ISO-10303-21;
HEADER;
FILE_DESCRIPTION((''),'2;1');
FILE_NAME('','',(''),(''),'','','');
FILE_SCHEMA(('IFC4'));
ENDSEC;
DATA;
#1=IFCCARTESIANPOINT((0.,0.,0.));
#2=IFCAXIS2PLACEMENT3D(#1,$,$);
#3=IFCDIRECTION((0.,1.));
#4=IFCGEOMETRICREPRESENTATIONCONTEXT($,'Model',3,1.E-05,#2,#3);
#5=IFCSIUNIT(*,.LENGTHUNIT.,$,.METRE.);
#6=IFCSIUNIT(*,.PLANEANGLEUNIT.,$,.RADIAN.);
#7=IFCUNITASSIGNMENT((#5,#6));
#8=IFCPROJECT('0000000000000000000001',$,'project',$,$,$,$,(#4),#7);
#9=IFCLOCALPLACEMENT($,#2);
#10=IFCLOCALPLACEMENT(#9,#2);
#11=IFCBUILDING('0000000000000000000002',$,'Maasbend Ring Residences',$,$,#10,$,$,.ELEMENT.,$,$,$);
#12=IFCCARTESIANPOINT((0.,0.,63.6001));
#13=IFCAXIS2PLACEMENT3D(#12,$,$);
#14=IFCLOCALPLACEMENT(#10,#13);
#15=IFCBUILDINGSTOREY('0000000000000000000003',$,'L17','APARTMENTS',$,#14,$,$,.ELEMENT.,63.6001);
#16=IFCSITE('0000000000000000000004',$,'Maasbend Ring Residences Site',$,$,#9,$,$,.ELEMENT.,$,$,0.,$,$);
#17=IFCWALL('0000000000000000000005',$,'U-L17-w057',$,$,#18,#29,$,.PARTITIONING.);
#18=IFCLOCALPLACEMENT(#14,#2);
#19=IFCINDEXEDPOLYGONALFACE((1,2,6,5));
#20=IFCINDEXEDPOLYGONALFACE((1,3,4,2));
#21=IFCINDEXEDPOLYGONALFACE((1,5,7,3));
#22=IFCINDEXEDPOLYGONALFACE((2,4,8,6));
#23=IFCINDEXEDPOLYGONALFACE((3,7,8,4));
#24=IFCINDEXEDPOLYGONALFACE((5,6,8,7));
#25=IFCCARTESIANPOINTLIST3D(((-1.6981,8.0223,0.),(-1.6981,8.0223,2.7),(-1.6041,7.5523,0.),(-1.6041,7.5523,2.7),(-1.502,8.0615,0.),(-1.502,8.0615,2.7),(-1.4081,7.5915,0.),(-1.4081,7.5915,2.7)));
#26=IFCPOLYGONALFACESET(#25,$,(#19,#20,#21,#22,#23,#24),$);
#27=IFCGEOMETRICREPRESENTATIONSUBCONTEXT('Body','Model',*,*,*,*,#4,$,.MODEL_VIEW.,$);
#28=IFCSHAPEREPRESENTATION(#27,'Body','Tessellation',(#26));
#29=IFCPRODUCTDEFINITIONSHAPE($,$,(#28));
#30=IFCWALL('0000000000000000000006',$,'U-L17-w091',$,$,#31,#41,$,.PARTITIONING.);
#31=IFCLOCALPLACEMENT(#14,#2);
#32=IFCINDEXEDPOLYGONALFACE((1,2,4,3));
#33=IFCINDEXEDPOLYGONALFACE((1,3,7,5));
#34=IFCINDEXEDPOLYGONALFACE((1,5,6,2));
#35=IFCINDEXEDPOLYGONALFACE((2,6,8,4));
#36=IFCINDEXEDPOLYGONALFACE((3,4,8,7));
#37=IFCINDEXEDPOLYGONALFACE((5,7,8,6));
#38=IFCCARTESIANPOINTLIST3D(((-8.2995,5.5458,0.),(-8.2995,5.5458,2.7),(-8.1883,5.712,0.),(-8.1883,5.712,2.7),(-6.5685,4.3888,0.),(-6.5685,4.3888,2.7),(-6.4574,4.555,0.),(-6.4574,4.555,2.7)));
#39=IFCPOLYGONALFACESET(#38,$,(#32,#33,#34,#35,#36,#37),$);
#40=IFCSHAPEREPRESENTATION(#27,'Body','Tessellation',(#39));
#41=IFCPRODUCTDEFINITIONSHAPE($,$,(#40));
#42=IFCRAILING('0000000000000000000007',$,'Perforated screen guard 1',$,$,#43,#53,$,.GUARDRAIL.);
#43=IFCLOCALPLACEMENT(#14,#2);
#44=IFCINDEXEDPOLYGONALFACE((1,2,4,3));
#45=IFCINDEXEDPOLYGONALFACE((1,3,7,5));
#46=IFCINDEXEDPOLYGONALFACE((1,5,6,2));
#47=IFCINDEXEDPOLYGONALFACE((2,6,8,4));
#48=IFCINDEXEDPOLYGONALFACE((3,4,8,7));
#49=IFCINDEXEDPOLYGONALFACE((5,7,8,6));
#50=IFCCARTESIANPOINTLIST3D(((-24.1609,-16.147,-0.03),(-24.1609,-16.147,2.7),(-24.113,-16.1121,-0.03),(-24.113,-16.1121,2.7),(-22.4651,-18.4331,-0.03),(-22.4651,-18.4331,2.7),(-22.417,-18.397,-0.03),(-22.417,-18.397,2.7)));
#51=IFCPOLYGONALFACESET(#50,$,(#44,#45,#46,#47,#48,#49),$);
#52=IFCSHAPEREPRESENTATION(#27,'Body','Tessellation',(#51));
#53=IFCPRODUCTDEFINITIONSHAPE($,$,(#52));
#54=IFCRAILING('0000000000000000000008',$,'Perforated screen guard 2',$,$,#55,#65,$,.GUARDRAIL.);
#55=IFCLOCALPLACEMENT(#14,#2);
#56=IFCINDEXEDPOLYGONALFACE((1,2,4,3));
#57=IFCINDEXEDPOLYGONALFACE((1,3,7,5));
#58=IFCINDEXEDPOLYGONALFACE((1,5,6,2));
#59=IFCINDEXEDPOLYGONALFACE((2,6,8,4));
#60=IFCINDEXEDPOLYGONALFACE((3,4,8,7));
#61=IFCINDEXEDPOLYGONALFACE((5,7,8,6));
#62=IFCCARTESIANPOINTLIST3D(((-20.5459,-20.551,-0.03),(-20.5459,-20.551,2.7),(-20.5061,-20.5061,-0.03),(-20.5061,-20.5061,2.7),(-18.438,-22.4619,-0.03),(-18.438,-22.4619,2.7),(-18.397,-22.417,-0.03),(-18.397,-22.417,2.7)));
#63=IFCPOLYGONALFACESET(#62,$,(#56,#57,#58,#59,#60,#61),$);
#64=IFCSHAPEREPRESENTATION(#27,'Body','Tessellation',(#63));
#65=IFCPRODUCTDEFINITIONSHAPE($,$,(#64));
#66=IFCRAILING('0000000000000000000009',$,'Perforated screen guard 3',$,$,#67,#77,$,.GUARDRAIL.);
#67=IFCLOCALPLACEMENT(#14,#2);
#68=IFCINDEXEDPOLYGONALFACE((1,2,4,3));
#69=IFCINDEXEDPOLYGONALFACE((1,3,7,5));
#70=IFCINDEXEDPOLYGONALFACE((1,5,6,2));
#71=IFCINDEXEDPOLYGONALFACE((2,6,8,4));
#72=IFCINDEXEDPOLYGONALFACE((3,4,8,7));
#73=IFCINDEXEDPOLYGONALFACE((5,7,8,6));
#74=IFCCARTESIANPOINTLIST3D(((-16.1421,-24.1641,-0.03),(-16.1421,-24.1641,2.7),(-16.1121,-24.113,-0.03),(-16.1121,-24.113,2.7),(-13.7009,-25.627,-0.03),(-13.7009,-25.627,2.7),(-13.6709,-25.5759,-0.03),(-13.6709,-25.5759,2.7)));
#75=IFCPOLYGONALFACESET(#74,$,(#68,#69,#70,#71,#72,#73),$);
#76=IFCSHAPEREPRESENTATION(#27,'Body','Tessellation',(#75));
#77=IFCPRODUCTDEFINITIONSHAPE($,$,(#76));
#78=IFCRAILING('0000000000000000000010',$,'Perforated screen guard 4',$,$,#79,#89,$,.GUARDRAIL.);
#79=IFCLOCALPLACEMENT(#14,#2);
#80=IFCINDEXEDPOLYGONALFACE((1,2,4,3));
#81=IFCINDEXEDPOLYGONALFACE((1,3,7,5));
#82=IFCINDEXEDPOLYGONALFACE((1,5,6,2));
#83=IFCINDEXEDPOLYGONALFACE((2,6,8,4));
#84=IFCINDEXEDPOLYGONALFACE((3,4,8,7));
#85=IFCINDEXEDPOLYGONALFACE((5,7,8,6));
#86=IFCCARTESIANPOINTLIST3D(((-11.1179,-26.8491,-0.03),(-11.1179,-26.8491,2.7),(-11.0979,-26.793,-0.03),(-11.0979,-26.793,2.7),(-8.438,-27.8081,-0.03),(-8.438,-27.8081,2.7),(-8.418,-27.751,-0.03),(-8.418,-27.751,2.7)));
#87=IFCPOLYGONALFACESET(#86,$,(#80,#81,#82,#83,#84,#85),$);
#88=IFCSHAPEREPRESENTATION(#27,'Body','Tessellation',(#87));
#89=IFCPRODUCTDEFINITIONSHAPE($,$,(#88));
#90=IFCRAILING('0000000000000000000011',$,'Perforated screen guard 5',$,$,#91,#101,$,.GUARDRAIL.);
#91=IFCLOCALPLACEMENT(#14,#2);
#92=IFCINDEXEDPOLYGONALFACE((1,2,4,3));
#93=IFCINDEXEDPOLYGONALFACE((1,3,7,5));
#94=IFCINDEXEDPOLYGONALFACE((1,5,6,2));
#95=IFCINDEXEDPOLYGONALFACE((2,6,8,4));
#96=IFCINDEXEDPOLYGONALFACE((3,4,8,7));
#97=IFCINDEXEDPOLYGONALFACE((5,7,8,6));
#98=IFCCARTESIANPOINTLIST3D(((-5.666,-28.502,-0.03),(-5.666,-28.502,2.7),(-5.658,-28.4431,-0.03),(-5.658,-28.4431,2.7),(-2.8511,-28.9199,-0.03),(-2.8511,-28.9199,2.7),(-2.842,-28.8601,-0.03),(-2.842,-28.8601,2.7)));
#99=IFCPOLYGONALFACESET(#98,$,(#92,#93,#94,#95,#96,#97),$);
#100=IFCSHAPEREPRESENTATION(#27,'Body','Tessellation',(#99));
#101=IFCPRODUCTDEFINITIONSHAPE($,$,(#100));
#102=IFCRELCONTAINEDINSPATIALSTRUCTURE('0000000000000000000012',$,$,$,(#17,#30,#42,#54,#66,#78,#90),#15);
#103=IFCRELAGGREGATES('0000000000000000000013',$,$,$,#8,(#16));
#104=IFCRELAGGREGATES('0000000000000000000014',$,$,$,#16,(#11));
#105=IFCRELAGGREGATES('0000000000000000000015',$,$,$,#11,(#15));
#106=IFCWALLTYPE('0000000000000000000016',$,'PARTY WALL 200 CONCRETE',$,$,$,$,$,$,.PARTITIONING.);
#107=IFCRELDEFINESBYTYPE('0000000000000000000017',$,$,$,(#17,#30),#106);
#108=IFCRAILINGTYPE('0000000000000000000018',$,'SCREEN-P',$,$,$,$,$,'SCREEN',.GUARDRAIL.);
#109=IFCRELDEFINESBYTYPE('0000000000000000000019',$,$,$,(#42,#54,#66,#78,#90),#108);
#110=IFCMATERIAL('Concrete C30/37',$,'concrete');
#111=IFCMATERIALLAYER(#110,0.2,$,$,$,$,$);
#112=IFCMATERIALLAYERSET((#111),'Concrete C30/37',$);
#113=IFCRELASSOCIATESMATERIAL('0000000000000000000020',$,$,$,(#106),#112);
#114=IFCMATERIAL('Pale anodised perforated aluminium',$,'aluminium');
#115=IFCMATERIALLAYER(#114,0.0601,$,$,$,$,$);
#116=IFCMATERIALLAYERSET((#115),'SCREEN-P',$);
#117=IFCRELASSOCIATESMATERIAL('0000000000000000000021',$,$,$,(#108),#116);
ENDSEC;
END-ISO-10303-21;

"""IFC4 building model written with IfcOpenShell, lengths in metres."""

from ifc_helpers import new_model, si_unit, direction, frame, frame_2d, origin, place, context, subcontext, project, spatial, polyline, rectangle, outline, extrude, material, layer, layer_set, type_object, element, save


model = new_model("IFC4")

# Units and contexts
model_context = context("Model", 3, precision=1e-05, world=origin(), true_north=direction((0.0, 1.0)))
body_context = subcontext(model_context, "Body", "Model", "MODEL_VIEW")
ifc_project = project(units=[si_unit("LENGTHUNIT", "METRE"), si_unit("PLANEANGLEUNIT", "RADIAN")], contexts=[model_context])

# Site, building, storey
site_placement = place(None, origin())
site = spatial("IfcSite", under=ifc_project, at=site_placement, Name="Maasbend Ring Residences Site", CompositionType="ELEMENT", RefElevation=0.0)
building_placement = place(site_placement, origin())
building = spatial("IfcBuilding", under=site, at=building_placement, Name="Maasbend Ring Residences", CompositionType="ELEMENT")
storey_placement = place(building_placement, frame((0.0, 0.0, 63.6001)))
storey = spatial("IfcBuildingStorey", under=building, at=storey_placement, Name="L17", Description="APARTMENTS", CompositionType="ELEMENT", Elevation=63.6001)

# Walls
ifc_material_1 = material(Name="Concrete C30/37", Category="concrete")
ifc_layer_1 = layer(ifc_material_1, 0.2)
ifc_layer_set_1 = layer_set([ifc_layer_1], Name="Concrete C30/37")
wall_type_1 = type_object("IfcWallType", Name="PARTY WALL 200 CONCRETE", PredefinedType="PARTITIONING", material=ifc_layer_set_1)
wall_1_placement = place(storey_placement, frame((-1.6001, 8.042, 0.0), z_axis=(0.0, 0.0, 1.0), x_axis=(0.196116, -0.980581, 0.0)))
element("IfcWall", 1, at=wall_1_placement, inside=storey, type_object=wall_type_1, Name="U-L17-w057", PredefinedType="PARTITIONING", context=body_context, shape_type="SweptSolid", body=[
    extrude(rectangle(XDim=0.4792, YDim=0.2, at=frame_2d((0.2397, 0.0))), origin(), (0.0, 0.0, 1.0), 2.7),
])
wall_2_placement = place(storey_placement, frame((-6.5129, 4.4719, 0.0), z_axis=(0.0, 0.0, 1.0), x_axis=(-0.831382, 0.555701, 0.0)))
element("IfcWall", 2, at=wall_2_placement, inside=storey, type_object=wall_type_1, Name="U-L17-w091", PredefinedType="PARTITIONING", context=body_context, shape_type="SweptSolid", body=[
    extrude(rectangle(XDim=2.082, YDim=0.2, at=frame_2d((1.041, 0.0))), origin(), (0.0, 0.0, 1.0), 2.7),
])

# Railings
ifc_material_2 = material(Name="Pale anodised perforated aluminium", Category="aluminium")
ifc_layer_2 = layer(ifc_material_2, 0.0601)
ifc_layer_set_2 = layer_set([ifc_layer_2], Name="SCREEN-P")
railing_type = type_object("IfcRailingType", Name="SCREEN-P", ElementType="SCREEN", PredefinedType="GUARDRAIL", material=ifc_layer_set_2)
railing_1_placement = place(storey_placement, frame((0.0, 0.0, -0.03)))
element("IfcRailing", 3, at=railing_1_placement, inside=storey, type_object=railing_type, Name="Perforated screen guard 1", PredefinedType="GUARDRAIL", context=body_context, shape_type="SweptSolid", body=[
    extrude(outline(polyline([(-24.113, -16.1121), (-22.417, -18.397), (-22.4651, -18.4331), (-24.1609, -16.147), (-24.113, -16.1121)])), origin(), (0.0, 0.0, 1.0), 2.73),
])
railing_2_placement = place(storey_placement, frame((0.0, 0.0, -0.03)))
element("IfcRailing", 4, at=railing_2_placement, inside=storey, type_object=railing_type, Name="Perforated screen guard 2", PredefinedType="GUARDRAIL", context=body_context, shape_type="SweptSolid", body=[
    extrude(outline(polyline([(-20.5061, -20.5061), (-18.397, -22.417), (-18.438, -22.4619), (-20.5459, -20.551), (-20.5061, -20.5061)])), origin(), (0.0, 0.0, 1.0), 2.73),
])
railing_3_placement = place(storey_placement, frame((0.0, 0.0, -0.03)))
element("IfcRailing", 5, at=railing_3_placement, inside=storey, type_object=railing_type, Name="Perforated screen guard 3", PredefinedType="GUARDRAIL", context=body_context, shape_type="SweptSolid", body=[
    extrude(outline(polyline([(-16.1121, -24.113), (-13.6709, -25.5759), (-13.7009, -25.627), (-16.1421, -24.1641), (-16.1121, -24.113)])), origin(), (0.0, 0.0, 1.0), 2.73),
])
railing_4_placement = place(storey_placement, frame((0.0, 0.0, -0.03)))
element("IfcRailing", 6, at=railing_4_placement, inside=storey, type_object=railing_type, Name="Perforated screen guard 4", PredefinedType="GUARDRAIL", context=body_context, shape_type="SweptSolid", body=[
    extrude(outline(polyline([(-11.0979, -26.793), (-8.418, -27.751), (-8.438, -27.8081), (-11.1179, -26.8491), (-11.0979, -26.793)])), origin(), (0.0, 0.0, 1.0), 2.73),
])
railing_5_placement = place(storey_placement, frame((0.0, 0.0, -0.03)))
element("IfcRailing", 7, at=railing_5_placement, inside=storey, type_object=railing_type, Name="Perforated screen guard 5", PredefinedType="GUARDRAIL", context=body_context, shape_type="SweptSolid", body=[
    extrude(outline(polyline([(-5.658, -28.4431), (-2.842, -28.8601), (-2.8511, -28.9199), (-5.666, -28.502), (-5.658, -28.4431)])), origin(), (0.0, 0.0, 1.0), 2.73),
])

save(model, "model.ifc")
